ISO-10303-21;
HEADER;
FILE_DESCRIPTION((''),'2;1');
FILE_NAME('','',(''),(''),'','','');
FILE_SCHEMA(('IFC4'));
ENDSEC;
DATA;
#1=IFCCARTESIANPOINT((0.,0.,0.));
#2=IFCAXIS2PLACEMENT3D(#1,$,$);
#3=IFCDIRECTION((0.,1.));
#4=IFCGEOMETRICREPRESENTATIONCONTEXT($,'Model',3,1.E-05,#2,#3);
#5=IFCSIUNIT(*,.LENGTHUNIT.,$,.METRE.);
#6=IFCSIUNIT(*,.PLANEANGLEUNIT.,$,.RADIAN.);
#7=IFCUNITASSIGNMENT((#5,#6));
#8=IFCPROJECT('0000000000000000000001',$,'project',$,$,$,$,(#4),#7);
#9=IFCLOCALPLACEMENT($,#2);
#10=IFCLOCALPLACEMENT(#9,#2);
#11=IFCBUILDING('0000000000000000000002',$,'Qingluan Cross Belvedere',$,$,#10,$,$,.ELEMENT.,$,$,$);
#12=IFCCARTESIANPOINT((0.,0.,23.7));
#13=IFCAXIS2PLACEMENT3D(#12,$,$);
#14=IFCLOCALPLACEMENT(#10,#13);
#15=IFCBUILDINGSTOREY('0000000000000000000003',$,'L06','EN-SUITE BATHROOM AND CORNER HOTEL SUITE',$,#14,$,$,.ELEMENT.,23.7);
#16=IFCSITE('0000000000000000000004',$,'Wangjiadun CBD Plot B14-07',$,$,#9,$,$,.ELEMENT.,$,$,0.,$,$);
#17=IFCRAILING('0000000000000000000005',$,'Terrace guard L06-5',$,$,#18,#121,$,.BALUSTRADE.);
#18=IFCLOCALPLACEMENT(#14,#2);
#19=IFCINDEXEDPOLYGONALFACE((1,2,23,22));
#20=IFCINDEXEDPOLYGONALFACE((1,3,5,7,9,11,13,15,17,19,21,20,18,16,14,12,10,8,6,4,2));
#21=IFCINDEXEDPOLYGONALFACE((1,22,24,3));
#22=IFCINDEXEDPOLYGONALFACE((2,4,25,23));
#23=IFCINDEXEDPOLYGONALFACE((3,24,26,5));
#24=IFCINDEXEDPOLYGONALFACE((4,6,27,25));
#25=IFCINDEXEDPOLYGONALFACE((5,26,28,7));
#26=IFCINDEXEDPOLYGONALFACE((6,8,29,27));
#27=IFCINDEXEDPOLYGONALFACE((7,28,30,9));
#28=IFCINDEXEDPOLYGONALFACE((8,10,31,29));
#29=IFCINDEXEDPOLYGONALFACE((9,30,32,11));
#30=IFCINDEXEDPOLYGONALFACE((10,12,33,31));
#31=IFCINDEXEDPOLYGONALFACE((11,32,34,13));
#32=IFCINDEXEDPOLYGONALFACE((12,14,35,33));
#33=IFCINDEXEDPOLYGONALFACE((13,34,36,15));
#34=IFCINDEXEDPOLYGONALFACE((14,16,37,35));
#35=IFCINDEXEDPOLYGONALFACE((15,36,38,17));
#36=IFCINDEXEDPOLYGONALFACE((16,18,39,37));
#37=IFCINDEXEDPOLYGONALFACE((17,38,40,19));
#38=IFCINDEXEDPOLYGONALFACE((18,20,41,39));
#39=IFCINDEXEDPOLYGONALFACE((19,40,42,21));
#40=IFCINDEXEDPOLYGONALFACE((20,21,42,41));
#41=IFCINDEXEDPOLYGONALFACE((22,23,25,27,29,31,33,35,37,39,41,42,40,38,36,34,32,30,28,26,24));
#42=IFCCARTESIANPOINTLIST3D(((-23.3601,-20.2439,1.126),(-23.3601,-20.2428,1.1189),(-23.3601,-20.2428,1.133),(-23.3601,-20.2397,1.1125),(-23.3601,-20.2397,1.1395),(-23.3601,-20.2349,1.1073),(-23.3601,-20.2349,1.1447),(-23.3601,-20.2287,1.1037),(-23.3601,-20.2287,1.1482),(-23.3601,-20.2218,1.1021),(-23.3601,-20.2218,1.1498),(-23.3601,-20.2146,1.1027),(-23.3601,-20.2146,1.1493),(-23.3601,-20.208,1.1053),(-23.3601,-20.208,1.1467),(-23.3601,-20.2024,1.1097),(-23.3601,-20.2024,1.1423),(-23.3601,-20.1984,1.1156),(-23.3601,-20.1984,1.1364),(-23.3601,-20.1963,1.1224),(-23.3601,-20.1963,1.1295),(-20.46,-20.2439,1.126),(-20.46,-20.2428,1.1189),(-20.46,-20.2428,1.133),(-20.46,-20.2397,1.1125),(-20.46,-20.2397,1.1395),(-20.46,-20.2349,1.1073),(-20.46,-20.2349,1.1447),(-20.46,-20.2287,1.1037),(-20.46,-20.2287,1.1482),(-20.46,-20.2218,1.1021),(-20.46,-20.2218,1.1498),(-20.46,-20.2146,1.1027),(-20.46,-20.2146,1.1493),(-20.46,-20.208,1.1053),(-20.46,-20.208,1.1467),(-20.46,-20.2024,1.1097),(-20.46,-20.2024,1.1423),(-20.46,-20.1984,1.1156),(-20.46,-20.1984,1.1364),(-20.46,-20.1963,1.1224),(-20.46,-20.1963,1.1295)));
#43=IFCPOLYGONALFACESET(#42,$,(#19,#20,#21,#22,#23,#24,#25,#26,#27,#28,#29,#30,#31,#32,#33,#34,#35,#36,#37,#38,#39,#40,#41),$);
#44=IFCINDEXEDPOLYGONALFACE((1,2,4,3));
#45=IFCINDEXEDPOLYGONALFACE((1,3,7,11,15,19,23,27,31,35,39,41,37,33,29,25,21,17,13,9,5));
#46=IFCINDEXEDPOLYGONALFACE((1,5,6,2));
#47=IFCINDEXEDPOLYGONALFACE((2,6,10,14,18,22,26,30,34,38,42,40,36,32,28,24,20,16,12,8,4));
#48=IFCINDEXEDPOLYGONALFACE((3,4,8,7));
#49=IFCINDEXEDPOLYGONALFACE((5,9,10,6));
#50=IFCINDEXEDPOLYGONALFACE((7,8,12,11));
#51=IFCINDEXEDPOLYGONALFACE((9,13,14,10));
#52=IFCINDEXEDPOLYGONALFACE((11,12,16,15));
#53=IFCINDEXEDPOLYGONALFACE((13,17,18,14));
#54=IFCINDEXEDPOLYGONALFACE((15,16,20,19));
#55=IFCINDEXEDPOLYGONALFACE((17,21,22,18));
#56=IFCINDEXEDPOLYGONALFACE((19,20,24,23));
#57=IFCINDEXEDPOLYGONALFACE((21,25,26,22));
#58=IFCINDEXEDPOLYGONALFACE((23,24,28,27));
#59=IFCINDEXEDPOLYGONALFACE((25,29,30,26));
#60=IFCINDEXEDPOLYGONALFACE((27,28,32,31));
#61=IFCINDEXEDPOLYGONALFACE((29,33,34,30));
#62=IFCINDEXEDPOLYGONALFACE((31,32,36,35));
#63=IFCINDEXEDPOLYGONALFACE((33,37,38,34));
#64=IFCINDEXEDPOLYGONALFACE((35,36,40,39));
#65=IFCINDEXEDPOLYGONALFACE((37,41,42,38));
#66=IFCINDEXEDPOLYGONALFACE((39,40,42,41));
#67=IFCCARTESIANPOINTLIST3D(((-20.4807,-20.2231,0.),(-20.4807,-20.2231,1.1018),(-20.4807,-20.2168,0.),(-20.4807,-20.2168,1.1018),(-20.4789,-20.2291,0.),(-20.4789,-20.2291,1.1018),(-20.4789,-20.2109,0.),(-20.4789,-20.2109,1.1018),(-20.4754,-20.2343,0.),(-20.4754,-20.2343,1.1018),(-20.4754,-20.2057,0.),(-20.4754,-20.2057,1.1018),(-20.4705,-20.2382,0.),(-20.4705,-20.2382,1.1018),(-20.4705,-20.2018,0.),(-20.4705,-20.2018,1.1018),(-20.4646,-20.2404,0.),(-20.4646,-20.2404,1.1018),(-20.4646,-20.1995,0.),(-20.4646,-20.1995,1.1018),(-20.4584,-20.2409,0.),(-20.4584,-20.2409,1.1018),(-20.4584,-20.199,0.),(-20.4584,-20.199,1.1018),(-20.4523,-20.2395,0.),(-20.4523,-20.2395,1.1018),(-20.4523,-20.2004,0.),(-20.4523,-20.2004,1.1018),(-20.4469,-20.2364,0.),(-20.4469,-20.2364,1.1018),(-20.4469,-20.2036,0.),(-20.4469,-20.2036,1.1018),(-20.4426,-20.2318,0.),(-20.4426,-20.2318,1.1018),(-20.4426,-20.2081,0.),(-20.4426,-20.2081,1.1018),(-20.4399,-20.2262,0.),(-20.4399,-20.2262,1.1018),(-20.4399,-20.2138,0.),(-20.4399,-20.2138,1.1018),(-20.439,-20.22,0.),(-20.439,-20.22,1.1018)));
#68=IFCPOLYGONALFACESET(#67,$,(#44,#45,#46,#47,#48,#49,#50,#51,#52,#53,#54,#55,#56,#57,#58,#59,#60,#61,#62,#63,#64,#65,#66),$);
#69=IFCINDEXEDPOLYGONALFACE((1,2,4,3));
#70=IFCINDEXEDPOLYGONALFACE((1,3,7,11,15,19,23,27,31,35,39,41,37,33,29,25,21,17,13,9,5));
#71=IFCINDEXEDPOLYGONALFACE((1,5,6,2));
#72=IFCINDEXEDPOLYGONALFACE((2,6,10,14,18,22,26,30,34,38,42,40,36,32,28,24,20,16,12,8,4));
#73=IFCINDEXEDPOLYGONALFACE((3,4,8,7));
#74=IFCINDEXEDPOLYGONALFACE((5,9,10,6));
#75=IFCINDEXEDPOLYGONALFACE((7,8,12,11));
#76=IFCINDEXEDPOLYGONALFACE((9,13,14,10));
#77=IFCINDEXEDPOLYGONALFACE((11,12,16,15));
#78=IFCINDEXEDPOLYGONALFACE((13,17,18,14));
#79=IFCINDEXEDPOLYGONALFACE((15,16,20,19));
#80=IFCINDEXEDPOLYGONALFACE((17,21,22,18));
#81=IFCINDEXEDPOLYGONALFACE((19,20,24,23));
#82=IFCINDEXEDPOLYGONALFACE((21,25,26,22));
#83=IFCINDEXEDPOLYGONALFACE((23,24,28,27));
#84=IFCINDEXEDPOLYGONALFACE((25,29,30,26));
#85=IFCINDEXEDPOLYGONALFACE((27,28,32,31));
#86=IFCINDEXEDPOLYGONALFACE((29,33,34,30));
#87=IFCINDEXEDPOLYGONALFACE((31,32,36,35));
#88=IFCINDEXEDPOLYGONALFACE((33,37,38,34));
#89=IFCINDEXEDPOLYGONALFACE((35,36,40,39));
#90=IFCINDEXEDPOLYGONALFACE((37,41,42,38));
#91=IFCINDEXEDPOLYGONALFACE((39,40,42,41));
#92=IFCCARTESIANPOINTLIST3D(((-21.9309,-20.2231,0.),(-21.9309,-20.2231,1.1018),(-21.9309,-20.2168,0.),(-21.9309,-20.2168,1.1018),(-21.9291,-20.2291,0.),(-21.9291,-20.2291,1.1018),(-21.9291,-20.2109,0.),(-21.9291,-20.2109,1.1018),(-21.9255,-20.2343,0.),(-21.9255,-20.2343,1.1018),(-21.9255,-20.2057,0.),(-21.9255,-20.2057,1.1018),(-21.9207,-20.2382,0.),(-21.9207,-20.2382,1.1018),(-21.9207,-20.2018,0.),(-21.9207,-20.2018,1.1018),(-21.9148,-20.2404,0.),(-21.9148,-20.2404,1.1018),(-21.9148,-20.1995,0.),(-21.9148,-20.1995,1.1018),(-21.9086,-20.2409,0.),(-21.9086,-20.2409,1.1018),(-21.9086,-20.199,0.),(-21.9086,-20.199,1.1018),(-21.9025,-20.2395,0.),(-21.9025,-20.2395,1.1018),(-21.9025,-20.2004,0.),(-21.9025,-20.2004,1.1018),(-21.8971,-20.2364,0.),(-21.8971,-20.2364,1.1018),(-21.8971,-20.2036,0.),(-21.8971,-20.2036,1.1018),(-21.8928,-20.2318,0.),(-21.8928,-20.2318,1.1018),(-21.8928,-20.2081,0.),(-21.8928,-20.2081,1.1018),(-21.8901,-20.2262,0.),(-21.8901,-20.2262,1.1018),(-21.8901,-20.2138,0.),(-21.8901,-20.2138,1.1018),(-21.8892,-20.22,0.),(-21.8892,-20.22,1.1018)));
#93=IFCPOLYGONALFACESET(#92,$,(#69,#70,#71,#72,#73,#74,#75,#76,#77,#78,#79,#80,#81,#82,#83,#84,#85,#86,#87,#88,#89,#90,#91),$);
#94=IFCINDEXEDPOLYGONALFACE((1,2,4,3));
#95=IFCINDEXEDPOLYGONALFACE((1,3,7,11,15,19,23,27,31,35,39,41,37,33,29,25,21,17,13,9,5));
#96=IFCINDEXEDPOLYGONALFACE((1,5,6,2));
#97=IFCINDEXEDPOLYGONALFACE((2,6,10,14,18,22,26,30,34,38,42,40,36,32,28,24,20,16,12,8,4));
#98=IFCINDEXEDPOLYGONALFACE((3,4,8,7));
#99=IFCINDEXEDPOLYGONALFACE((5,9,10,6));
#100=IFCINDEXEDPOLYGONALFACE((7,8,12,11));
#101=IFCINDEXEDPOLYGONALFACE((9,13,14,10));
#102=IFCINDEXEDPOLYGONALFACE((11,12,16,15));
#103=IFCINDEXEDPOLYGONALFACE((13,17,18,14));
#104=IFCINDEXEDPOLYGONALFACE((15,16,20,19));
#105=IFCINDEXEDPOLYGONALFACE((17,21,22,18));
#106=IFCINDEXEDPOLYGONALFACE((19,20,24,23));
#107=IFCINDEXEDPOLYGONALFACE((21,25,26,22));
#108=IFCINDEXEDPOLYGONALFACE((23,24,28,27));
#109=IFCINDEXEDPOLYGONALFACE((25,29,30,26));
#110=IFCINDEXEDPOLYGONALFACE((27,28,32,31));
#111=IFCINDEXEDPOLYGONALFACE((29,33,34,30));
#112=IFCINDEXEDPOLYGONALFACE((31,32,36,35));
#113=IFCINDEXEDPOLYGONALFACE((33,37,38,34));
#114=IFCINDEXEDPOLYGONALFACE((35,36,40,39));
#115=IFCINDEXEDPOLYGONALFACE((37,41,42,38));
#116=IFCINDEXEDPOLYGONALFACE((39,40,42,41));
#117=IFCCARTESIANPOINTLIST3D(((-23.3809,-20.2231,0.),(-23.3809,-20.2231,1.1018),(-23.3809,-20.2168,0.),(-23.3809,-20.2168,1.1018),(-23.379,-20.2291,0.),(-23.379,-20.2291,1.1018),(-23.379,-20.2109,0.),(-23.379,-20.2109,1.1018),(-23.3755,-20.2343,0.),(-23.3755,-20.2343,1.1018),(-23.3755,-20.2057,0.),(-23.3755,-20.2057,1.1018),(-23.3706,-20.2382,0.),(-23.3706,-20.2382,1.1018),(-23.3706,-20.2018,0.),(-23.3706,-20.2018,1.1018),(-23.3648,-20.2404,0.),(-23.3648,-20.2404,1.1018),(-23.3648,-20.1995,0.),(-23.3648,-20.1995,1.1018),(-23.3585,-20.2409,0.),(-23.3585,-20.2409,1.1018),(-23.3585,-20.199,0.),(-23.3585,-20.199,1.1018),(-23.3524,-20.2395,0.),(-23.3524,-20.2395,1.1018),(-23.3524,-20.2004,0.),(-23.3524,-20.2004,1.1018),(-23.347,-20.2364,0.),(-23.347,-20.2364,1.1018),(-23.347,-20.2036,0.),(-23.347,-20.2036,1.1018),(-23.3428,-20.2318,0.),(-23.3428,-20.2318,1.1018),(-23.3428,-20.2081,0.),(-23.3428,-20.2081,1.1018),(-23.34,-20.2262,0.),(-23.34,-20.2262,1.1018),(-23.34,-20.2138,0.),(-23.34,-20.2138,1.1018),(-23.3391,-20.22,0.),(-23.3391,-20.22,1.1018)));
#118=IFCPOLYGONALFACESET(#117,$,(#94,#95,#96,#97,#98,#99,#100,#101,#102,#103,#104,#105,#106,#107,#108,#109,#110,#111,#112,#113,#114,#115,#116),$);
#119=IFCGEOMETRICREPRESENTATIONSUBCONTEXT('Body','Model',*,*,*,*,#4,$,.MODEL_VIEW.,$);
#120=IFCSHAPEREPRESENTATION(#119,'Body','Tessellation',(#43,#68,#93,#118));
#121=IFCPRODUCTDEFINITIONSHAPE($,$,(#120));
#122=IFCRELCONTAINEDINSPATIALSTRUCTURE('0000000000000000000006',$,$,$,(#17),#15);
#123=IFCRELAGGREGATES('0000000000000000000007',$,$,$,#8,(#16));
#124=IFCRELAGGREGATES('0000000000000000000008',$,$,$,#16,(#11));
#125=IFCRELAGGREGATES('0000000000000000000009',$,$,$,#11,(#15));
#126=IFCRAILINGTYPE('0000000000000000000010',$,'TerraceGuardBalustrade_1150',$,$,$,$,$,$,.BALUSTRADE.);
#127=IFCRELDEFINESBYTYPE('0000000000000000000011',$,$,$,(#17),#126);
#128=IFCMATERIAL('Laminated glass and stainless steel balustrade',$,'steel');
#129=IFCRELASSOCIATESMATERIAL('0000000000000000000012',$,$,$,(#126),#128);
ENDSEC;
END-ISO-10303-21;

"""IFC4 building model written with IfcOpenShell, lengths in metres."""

from ifc_helpers import new_model, si_unit, direction, frame, origin, origin_2d, place, context, subcontext, project, spatial, circle, extrude, material, type_object, element, save


model = new_model("IFC4")

# Units and contexts
model_context = context("Model", 3, precision=1e-05, world=origin(), true_north=direction((0.0, 1.0)))
body_context = subcontext(model_context, "Body", "Model", "MODEL_VIEW")
ifc_project = project(units=[si_unit("LENGTHUNIT", "METRE"), si_unit("PLANEANGLEUNIT", "RADIAN")], contexts=[model_context])

# Site, building, storey
site_placement = place(None, origin())
site = spatial("IfcSite", under=ifc_project, at=site_placement, Name="Wangjiadun CBD Plot B14-07", CompositionType="ELEMENT", RefElevation=0.0)
building_placement = place(site_placement, origin())
building = spatial("IfcBuilding", under=site, at=building_placement, Name="Qingluan Cross Belvedere", CompositionType="ELEMENT")
storey_placement = place(building_placement, frame((0.0, 0.0, 23.7)))
storey = spatial("IfcBuildingStorey", under=building, at=storey_placement, Name="L06", Description="EN-SUITE BATHROOM AND CORNER HOTEL SUITE", CompositionType="ELEMENT", Elevation=23.7)

# Railing
ifc_material_1 = material(Name="Laminated glass and stainless steel balustrade", Category="steel")
railing_type = type_object("IfcRailingType", Name="TerraceGuardBalustrade_1150", PredefinedType="BALUSTRADE", material=ifc_material_1)
railing_1_placement = place(storey_placement, frame((-20.46, -20.22, 0.0)))
element("IfcRailing", 1, at=railing_1_placement, inside=storey, type_object=railing_type, Name="Terrace guard L06-5", PredefinedType="BALUSTRADE", context=body_context, shape_type="SweptSolid", body=[
    extrude(circle(Radius=0.0239, at=origin_2d()), frame((0.0, 0.0, 1.126), z_axis=(-1.0, 0.0, 0.0), x_axis=(0.0, -1.0, 0.0)), (0.0, 0.0, 1.0), 2.9001),
    extrude(circle(Radius=0.021, at=origin_2d()), origin(), (0.0, 0.0, 1.0), 1.1018),
    extrude(circle(Radius=0.021, at=origin_2d()), frame((-1.4502, 0.0, 0.0)), (0.0, 0.0, 1.0), 1.1018),
    extrude(circle(Radius=0.021, at=origin_2d()), frame((-2.9001, 0.0, 0.0)), (0.0, 0.0, 1.0), 1.1018),
])

save(model, "model.ifc")
